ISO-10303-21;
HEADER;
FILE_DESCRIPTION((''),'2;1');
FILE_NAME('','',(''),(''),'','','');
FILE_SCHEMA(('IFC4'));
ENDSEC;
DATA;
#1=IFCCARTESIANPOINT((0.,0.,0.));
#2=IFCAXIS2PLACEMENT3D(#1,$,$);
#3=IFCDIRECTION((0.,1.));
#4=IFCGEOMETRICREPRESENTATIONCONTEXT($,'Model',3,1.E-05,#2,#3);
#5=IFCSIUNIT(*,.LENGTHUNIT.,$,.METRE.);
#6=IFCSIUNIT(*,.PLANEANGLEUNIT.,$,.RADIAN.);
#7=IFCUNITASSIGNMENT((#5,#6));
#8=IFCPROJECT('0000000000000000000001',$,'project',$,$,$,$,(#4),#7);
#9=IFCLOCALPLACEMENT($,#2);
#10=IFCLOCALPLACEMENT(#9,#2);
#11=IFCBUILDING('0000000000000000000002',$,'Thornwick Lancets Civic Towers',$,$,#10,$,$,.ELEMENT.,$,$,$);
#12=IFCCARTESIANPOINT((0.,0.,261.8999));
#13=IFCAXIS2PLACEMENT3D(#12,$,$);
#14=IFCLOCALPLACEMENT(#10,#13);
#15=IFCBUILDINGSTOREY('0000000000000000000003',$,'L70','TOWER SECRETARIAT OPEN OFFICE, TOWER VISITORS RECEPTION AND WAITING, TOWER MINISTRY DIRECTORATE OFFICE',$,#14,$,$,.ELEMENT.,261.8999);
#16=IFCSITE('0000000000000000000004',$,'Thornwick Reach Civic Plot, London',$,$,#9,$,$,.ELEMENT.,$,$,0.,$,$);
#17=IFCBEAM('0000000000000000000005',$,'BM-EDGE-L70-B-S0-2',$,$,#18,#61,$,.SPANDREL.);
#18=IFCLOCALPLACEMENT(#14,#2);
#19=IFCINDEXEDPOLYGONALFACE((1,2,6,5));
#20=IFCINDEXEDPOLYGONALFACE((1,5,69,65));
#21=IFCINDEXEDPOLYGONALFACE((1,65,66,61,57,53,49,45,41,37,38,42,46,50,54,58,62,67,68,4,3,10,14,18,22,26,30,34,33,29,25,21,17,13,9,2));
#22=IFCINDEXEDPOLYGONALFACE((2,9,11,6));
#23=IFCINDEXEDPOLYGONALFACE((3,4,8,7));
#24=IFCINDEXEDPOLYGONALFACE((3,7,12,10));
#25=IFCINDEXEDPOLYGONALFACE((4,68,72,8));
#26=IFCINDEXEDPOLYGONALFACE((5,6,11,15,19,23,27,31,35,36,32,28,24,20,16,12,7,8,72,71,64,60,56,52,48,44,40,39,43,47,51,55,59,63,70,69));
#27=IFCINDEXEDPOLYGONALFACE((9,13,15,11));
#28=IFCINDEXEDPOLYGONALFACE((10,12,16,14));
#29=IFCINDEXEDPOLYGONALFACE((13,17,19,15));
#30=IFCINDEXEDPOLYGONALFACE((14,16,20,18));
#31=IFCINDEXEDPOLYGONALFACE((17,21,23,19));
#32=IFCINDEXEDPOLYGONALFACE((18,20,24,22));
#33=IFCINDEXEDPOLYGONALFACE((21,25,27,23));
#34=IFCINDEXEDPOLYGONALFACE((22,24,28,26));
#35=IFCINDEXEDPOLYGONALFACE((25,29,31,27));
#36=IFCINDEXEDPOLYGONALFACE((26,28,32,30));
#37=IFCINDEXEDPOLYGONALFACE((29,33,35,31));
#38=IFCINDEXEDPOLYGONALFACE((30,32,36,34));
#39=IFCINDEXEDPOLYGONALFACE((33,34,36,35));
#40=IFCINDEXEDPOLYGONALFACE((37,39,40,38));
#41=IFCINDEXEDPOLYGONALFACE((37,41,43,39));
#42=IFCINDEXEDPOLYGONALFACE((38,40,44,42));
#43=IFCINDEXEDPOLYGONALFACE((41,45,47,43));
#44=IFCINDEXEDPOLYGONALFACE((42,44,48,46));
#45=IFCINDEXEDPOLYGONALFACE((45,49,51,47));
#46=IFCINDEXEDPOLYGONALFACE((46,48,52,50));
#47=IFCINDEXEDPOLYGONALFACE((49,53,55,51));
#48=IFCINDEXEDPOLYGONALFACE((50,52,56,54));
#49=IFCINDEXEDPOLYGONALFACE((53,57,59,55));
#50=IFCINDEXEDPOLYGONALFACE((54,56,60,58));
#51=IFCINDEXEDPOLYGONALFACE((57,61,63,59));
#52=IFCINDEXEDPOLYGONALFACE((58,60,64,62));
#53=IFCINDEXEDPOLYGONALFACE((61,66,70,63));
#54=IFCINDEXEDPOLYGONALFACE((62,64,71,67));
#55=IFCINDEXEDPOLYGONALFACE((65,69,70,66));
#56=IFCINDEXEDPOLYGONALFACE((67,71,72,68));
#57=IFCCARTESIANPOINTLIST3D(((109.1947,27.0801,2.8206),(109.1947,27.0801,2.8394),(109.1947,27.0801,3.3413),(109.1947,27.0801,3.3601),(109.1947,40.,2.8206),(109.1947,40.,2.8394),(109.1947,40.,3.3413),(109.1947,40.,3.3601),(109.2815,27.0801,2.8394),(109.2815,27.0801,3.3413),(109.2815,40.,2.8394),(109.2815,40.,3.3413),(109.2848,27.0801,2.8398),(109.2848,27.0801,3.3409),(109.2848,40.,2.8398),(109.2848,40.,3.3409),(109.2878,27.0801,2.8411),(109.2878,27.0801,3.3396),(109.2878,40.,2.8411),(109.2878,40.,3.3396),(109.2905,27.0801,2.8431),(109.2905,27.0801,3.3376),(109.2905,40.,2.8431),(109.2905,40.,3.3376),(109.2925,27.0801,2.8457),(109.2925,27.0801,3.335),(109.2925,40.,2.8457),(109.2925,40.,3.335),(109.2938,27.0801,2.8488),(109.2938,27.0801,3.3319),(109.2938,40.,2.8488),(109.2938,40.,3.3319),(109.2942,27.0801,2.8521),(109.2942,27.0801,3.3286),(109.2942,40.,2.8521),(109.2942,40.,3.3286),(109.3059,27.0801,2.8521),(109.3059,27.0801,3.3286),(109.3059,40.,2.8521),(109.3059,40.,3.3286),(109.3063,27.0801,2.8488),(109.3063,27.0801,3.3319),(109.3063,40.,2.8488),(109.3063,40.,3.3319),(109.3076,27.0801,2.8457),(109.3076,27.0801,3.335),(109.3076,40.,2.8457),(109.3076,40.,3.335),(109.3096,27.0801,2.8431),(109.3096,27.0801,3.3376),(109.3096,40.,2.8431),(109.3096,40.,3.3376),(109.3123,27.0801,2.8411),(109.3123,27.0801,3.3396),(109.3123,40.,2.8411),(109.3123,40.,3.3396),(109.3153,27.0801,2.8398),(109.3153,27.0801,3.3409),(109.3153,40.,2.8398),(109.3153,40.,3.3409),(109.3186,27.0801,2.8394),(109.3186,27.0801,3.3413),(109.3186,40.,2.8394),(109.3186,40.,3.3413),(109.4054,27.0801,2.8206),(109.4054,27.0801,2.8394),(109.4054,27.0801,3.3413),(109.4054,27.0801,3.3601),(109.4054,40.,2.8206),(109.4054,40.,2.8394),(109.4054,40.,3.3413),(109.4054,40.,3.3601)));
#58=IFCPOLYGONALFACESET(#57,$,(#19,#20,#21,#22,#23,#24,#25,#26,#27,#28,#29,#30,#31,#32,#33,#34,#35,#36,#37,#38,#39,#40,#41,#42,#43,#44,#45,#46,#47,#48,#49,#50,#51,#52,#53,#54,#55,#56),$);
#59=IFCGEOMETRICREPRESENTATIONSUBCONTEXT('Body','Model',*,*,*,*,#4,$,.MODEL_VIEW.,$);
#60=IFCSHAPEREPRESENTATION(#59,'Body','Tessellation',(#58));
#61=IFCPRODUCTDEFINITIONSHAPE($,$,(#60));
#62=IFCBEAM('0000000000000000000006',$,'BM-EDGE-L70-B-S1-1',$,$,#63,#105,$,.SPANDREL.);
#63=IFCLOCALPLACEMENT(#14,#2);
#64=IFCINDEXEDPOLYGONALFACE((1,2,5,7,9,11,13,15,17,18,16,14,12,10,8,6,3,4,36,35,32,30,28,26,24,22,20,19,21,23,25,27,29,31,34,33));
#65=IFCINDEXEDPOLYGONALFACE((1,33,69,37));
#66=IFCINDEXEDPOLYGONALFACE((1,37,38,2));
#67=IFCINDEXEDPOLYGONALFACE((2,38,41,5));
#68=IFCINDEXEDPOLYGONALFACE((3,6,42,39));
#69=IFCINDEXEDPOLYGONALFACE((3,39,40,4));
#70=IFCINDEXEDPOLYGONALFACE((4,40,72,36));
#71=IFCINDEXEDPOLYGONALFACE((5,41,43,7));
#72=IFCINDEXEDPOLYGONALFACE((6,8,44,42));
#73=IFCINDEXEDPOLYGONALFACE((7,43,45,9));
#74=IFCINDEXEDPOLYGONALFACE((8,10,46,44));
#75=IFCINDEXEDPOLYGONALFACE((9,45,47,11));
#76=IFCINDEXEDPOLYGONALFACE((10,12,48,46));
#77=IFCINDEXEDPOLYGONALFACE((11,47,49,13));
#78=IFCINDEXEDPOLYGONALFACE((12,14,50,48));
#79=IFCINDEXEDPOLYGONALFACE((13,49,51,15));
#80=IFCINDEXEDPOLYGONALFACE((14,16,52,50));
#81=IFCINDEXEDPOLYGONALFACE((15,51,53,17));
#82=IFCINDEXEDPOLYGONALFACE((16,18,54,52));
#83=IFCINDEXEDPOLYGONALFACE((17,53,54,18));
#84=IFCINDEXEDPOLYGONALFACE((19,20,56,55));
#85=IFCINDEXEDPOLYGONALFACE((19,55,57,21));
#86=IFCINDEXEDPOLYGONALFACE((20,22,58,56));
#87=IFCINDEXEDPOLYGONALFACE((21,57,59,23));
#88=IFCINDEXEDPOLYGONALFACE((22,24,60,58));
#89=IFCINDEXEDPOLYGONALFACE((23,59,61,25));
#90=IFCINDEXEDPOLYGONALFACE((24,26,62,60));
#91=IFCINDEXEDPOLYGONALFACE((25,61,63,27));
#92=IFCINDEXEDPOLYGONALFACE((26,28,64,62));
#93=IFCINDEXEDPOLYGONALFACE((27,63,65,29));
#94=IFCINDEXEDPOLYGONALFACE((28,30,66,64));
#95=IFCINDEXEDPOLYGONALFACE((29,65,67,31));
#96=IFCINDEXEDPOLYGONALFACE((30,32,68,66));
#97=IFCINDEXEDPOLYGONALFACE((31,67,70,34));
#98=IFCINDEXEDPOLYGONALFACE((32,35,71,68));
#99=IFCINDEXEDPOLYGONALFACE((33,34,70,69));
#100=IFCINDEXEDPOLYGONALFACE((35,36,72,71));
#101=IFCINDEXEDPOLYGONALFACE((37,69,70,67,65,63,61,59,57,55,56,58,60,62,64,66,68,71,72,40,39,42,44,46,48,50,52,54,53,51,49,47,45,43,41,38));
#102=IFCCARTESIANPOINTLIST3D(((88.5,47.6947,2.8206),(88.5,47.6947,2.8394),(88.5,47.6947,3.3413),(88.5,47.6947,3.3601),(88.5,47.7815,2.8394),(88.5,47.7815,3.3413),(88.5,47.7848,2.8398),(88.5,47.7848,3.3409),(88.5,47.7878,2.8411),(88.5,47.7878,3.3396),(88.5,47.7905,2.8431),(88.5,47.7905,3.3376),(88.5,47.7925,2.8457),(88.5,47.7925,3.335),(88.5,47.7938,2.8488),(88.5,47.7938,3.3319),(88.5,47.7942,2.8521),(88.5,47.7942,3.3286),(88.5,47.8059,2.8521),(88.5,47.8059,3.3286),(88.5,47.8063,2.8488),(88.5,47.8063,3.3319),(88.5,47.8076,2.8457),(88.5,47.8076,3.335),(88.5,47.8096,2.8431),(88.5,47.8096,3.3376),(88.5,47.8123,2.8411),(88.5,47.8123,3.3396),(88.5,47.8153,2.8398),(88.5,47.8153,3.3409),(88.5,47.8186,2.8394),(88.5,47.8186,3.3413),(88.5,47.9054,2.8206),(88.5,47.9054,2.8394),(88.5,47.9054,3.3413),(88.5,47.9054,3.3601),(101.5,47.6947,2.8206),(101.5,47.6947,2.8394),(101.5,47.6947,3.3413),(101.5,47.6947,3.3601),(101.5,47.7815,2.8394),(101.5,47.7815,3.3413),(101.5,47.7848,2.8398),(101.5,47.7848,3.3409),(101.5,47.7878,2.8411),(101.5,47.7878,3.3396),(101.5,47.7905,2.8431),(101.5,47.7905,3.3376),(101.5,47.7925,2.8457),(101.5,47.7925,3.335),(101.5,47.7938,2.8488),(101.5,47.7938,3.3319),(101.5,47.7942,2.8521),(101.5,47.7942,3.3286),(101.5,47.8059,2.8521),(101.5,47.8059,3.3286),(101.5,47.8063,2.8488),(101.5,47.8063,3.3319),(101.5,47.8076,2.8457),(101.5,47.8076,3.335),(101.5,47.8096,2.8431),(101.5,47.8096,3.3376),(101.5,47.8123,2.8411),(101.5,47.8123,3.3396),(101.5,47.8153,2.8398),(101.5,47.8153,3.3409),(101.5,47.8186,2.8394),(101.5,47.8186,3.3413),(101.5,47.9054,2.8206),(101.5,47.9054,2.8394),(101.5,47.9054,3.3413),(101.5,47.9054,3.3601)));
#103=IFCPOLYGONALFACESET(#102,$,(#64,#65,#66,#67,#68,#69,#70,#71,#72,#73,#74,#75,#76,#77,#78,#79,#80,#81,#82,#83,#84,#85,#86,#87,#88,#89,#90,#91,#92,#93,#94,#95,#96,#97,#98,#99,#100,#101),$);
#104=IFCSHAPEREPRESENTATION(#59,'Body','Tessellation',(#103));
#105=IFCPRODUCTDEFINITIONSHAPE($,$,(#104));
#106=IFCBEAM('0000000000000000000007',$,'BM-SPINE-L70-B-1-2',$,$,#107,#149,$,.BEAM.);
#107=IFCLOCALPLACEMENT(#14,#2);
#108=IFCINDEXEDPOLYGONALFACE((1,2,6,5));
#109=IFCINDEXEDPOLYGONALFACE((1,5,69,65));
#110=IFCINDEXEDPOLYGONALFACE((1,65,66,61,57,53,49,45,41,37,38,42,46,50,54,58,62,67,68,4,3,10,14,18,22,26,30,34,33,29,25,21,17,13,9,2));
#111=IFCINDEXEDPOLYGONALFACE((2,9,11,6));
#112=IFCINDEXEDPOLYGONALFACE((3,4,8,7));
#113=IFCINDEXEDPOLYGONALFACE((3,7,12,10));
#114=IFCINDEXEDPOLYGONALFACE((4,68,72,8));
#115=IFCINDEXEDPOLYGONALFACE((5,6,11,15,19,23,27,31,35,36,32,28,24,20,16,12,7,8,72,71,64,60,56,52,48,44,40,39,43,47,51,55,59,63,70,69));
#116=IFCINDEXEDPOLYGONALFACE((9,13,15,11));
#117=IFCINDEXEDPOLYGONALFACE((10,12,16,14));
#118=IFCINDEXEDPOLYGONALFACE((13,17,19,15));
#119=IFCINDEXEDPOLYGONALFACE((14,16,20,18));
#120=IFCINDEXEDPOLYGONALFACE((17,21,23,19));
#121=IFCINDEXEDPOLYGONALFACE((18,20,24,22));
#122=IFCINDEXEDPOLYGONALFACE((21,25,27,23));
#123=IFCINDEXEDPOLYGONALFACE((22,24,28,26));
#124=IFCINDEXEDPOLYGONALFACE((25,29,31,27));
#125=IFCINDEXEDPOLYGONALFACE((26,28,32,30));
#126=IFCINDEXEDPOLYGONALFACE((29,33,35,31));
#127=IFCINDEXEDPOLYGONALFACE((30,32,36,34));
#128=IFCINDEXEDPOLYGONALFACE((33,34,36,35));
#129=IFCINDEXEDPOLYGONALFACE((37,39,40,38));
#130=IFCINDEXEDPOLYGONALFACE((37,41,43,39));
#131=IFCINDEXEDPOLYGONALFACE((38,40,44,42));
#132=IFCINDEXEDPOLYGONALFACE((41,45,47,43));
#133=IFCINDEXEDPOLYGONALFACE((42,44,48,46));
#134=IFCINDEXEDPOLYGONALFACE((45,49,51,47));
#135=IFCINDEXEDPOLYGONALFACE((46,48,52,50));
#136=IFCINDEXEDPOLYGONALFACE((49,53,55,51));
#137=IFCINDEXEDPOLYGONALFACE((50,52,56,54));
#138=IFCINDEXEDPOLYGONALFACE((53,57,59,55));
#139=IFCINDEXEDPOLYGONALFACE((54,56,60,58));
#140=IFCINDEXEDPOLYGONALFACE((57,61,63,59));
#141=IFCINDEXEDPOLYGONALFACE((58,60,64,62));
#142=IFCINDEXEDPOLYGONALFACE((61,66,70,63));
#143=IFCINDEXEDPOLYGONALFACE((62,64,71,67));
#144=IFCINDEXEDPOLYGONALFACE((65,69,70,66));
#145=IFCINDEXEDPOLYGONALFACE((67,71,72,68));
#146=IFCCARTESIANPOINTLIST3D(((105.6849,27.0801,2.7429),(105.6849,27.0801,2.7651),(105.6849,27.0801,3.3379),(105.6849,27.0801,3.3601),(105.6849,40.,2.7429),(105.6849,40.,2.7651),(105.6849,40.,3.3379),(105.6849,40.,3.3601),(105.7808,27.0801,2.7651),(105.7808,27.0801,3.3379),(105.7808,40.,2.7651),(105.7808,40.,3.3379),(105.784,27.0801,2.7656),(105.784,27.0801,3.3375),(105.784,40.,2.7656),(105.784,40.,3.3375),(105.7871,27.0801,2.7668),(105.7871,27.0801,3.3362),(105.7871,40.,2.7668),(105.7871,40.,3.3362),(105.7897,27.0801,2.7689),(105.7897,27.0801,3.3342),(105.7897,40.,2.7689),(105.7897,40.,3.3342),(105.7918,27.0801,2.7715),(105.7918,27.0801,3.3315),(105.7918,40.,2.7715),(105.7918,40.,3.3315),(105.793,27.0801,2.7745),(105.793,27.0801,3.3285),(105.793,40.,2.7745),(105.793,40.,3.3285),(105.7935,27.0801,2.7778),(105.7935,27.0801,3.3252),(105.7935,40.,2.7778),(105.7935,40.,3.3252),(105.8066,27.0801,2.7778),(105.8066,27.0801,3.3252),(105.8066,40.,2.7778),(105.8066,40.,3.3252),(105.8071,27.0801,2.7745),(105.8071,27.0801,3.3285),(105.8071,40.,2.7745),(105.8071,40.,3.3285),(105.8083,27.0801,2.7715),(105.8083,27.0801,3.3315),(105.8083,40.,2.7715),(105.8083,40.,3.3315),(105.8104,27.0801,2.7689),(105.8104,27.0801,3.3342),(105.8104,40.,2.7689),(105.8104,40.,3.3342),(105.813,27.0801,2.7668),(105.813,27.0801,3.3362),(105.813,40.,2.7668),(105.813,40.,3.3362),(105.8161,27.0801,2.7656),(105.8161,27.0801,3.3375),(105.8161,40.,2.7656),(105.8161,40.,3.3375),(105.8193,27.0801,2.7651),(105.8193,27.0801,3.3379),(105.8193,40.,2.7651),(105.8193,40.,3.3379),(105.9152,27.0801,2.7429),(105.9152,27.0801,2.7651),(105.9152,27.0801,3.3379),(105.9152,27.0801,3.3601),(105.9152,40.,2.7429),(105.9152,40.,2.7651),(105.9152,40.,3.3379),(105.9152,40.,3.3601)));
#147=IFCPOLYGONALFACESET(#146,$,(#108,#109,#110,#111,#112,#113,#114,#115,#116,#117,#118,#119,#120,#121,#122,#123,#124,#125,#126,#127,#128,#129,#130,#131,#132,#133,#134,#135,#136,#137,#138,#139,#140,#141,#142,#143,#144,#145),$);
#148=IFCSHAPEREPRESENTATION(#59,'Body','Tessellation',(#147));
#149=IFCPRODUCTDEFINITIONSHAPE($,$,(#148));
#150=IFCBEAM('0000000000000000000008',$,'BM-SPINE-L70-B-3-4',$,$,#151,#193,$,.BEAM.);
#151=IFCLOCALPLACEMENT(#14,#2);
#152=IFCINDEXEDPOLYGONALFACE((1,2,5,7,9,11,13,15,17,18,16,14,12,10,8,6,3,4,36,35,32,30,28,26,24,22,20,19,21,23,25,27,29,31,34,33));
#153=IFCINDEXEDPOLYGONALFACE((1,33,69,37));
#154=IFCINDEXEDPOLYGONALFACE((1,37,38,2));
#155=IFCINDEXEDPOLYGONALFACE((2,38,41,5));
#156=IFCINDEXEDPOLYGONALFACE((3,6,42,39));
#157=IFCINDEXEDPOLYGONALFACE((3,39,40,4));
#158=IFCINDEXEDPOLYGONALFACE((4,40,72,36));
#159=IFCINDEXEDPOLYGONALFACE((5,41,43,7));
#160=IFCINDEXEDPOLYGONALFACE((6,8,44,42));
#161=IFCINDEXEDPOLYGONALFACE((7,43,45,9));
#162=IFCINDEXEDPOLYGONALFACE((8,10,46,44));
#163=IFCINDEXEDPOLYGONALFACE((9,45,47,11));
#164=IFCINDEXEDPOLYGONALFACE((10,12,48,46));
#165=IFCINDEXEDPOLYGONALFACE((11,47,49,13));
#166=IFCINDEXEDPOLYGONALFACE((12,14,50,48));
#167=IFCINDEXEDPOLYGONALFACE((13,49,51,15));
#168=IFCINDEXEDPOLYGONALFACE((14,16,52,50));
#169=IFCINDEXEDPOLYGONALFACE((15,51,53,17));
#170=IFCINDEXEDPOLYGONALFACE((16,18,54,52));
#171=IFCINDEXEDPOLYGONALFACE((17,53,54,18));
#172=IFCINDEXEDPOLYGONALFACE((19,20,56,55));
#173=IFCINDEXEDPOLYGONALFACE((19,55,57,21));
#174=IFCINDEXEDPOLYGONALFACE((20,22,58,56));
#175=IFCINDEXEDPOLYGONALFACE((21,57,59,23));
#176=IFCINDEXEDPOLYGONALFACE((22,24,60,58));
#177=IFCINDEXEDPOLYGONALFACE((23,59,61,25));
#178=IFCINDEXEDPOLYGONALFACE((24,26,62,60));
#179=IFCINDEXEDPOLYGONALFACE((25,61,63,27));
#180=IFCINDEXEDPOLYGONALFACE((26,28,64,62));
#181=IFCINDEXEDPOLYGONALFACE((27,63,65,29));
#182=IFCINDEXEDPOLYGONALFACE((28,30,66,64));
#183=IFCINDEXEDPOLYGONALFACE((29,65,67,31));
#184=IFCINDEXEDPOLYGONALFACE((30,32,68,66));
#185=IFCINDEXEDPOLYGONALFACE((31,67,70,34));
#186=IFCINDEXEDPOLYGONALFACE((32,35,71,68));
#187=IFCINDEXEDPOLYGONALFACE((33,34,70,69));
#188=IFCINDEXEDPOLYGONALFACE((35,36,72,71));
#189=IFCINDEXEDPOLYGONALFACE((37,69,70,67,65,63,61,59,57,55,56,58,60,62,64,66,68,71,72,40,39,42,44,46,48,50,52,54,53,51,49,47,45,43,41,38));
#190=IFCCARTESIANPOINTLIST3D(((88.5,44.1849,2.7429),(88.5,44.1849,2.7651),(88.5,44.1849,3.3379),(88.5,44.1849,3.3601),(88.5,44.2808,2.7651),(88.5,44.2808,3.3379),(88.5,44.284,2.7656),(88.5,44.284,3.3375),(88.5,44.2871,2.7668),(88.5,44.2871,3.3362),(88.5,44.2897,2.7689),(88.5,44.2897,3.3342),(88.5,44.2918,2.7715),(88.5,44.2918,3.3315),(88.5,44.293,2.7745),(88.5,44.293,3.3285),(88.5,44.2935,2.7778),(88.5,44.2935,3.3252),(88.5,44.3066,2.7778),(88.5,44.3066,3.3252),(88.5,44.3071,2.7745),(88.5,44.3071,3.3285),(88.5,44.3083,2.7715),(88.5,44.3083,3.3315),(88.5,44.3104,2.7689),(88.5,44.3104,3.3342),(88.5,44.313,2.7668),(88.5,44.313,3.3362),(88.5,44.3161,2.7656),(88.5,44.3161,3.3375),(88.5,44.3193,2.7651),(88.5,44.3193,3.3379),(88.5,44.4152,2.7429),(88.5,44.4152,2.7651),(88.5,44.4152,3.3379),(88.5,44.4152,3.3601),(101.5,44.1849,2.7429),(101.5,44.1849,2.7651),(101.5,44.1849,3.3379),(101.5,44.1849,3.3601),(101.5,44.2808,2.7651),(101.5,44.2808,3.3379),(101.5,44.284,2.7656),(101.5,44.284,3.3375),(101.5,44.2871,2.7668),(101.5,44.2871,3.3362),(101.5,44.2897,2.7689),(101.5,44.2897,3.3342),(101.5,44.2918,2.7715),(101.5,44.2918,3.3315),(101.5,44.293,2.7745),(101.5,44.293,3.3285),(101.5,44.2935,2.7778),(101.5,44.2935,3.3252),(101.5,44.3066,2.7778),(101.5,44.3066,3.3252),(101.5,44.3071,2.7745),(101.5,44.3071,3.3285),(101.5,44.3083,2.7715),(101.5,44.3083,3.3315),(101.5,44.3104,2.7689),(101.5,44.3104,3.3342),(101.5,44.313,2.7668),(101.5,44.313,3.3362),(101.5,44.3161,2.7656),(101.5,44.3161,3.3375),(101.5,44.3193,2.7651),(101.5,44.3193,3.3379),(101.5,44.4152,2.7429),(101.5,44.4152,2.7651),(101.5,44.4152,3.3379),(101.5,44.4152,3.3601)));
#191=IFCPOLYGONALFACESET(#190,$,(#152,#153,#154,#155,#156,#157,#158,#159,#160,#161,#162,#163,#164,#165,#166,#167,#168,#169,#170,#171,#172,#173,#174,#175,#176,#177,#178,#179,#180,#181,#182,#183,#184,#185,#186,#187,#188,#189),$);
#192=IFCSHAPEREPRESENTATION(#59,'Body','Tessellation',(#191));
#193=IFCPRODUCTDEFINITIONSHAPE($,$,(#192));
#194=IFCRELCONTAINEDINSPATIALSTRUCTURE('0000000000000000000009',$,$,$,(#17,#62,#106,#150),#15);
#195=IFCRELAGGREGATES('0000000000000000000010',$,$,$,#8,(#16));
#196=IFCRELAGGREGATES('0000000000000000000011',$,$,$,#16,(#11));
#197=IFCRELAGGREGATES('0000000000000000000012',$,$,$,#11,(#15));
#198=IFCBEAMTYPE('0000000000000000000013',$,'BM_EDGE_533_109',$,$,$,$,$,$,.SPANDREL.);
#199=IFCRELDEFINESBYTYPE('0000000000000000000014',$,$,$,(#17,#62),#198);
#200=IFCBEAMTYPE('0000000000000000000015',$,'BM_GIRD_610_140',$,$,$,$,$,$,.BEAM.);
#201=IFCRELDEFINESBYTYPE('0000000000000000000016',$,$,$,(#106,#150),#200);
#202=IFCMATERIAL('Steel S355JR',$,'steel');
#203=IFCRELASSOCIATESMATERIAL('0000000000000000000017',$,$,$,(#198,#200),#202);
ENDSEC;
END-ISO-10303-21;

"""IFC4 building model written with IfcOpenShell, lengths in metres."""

from ifc_helpers import new_model, si_unit, direction, frame, origin, origin_2d, place, context, subcontext, project, spatial, i_section, extrude, material, material_profile, profile_set, type_object, element, save


model = new_model("IFC4")

# Units and contexts
model_context = context("Model", 3, precision=1e-05, world=origin(), true_north=direction((0.0, 1.0)))
body_context = subcontext(model_context, "Body", "Model", "MODEL_VIEW")
ifc_project = project(units=[si_unit("LENGTHUNIT", "METRE"), si_unit("PLANEANGLEUNIT", "RADIAN")], contexts=[model_context])

# Site, building, storey
site_placement = place(None, origin())
site = spatial("IfcSite", under=ifc_project, at=site_placement, Name="Thornwick Reach Civic Plot, London", CompositionType="ELEMENT", RefElevation=0.0)
building_placement = place(site_placement, origin())
building = spatial("IfcBuilding", under=site, at=building_placement, Name="Thornwick Lancets Civic Towers", CompositionType="ELEMENT")
storey_placement = place(building_placement, frame((0.0, 0.0, 261.8999)))
storey = spatial("IfcBuildingStorey", under=building, at=storey_placement, Name="L70", Description="TOWER SECRETARIAT OPEN OFFICE, TOWER VISITORS RECEPTION AND WAITING, TOWER MINISTRY DIRECTORATE OFFICE", CompositionType="ELEMENT", Elevation=261.8999)

# Shared definitions
ifc_material_1 = material(Name="Steel S355JR", Category="steel")

# Beams
ifc_material_profile_1 = material_profile(ifc_material_1, i_section(OverallWidth=0.2107, OverallDepth=0.5396, WebThickness=0.0117, FlangeThickness=0.0188, FilletRadius=0.0127, at=origin_2d()), Name="UKB 533x210x109")
ifc_profile_set_1 = profile_set([ifc_material_profile_1], Name="Steel S355JR")
beam_type_1 = type_object("IfcBeamType", Name="BM_EDGE_533_109", PredefinedType="SPANDREL", material=ifc_profile_set_1)
beam_1_placement = place(storey_placement, frame((109.3, 27.0801, 3.0903), z_axis=(0.0, 1.0, 0.0), x_axis=(-1.0, 0.0, 0.0)))
element("IfcBeam", 1, at=beam_1_placement, inside=storey, type_object=beam_type_1, Name="BM-EDGE-L70-B-S0-2", PredefinedType="SPANDREL", context=body_context, shape_type="SweptSolid", body=[
    extrude(i_section(OverallWidth=0.2107, OverallDepth=0.5396, WebThickness=0.0117, FlangeThickness=0.0188, FilletRadius=0.0127, at=origin_2d()), origin(), (0.0, 0.0, 1.0), 12.9199),
])
beam_2_placement = place(storey_placement, frame((101.5, 47.8, 3.0903), z_axis=(-1.0, 0.0, 0.0), x_axis=(0.0, -1.0, 0.0)))
element("IfcBeam", 2, at=beam_2_placement, inside=storey, type_object=beam_type_1, Name="BM-EDGE-L70-B-S1-1", PredefinedType="SPANDREL", context=body_context, shape_type="SweptSolid", body=[
    extrude(i_section(OverallWidth=0.2107, OverallDepth=0.5396, WebThickness=0.0117, FlangeThickness=0.0188, FilletRadius=0.0127, at=origin_2d()), origin(), (0.0, 0.0, 1.0), 13.0),
])
ifc_material_profile_2 = material_profile(ifc_material_1, i_section(OverallWidth=0.2302, OverallDepth=0.6172, WebThickness=0.0132, FlangeThickness=0.0222, FilletRadius=0.0127, at=origin_2d()), Name="UKB 610x229x140")
ifc_profile_set_2 = profile_set([ifc_material_profile_2], Name="Steel S355JR")
beam_type_2 = type_object("IfcBeamType", Name="BM_GIRD_610_140", PredefinedType="BEAM", material=ifc_profile_set_2)
beam_3_placement = place(storey_placement, frame((105.8, 27.0801, 3.0515), z_axis=(0.0, 1.0, 0.0), x_axis=(-1.0, 0.0, 0.0)))
element("IfcBeam", 3, at=beam_3_placement, inside=storey, type_object=beam_type_2, Name="BM-SPINE-L70-B-1-2", PredefinedType="BEAM", context=body_context, shape_type="SweptSolid", body=[
    extrude(i_section(OverallWidth=0.2302, OverallDepth=0.6172, WebThickness=0.0132, FlangeThickness=0.0222, FilletRadius=0.0127, at=origin_2d()), origin(), (0.0, 0.0, 1.0), 12.9199),
])
beam_4_placement = place(storey_placement, frame((101.5, 44.3, 3.0515), z_axis=(-1.0, 0.0, 0.0), x_axis=(0.0, -1.0, 0.0)))
element("IfcBeam", 4, at=beam_4_placement, inside=storey, type_object=beam_type_2, Name="BM-SPINE-L70-B-3-4", PredefinedType="BEAM", context=body_context, shape_type="SweptSolid", body=[
    extrude(i_section(OverallWidth=0.2302, OverallDepth=0.6172, WebThickness=0.0132, FlangeThickness=0.0222, FilletRadius=0.0127, at=origin_2d()), origin(), (0.0, 0.0, 1.0), 13.0),
])

save(model, "model.ifc")
